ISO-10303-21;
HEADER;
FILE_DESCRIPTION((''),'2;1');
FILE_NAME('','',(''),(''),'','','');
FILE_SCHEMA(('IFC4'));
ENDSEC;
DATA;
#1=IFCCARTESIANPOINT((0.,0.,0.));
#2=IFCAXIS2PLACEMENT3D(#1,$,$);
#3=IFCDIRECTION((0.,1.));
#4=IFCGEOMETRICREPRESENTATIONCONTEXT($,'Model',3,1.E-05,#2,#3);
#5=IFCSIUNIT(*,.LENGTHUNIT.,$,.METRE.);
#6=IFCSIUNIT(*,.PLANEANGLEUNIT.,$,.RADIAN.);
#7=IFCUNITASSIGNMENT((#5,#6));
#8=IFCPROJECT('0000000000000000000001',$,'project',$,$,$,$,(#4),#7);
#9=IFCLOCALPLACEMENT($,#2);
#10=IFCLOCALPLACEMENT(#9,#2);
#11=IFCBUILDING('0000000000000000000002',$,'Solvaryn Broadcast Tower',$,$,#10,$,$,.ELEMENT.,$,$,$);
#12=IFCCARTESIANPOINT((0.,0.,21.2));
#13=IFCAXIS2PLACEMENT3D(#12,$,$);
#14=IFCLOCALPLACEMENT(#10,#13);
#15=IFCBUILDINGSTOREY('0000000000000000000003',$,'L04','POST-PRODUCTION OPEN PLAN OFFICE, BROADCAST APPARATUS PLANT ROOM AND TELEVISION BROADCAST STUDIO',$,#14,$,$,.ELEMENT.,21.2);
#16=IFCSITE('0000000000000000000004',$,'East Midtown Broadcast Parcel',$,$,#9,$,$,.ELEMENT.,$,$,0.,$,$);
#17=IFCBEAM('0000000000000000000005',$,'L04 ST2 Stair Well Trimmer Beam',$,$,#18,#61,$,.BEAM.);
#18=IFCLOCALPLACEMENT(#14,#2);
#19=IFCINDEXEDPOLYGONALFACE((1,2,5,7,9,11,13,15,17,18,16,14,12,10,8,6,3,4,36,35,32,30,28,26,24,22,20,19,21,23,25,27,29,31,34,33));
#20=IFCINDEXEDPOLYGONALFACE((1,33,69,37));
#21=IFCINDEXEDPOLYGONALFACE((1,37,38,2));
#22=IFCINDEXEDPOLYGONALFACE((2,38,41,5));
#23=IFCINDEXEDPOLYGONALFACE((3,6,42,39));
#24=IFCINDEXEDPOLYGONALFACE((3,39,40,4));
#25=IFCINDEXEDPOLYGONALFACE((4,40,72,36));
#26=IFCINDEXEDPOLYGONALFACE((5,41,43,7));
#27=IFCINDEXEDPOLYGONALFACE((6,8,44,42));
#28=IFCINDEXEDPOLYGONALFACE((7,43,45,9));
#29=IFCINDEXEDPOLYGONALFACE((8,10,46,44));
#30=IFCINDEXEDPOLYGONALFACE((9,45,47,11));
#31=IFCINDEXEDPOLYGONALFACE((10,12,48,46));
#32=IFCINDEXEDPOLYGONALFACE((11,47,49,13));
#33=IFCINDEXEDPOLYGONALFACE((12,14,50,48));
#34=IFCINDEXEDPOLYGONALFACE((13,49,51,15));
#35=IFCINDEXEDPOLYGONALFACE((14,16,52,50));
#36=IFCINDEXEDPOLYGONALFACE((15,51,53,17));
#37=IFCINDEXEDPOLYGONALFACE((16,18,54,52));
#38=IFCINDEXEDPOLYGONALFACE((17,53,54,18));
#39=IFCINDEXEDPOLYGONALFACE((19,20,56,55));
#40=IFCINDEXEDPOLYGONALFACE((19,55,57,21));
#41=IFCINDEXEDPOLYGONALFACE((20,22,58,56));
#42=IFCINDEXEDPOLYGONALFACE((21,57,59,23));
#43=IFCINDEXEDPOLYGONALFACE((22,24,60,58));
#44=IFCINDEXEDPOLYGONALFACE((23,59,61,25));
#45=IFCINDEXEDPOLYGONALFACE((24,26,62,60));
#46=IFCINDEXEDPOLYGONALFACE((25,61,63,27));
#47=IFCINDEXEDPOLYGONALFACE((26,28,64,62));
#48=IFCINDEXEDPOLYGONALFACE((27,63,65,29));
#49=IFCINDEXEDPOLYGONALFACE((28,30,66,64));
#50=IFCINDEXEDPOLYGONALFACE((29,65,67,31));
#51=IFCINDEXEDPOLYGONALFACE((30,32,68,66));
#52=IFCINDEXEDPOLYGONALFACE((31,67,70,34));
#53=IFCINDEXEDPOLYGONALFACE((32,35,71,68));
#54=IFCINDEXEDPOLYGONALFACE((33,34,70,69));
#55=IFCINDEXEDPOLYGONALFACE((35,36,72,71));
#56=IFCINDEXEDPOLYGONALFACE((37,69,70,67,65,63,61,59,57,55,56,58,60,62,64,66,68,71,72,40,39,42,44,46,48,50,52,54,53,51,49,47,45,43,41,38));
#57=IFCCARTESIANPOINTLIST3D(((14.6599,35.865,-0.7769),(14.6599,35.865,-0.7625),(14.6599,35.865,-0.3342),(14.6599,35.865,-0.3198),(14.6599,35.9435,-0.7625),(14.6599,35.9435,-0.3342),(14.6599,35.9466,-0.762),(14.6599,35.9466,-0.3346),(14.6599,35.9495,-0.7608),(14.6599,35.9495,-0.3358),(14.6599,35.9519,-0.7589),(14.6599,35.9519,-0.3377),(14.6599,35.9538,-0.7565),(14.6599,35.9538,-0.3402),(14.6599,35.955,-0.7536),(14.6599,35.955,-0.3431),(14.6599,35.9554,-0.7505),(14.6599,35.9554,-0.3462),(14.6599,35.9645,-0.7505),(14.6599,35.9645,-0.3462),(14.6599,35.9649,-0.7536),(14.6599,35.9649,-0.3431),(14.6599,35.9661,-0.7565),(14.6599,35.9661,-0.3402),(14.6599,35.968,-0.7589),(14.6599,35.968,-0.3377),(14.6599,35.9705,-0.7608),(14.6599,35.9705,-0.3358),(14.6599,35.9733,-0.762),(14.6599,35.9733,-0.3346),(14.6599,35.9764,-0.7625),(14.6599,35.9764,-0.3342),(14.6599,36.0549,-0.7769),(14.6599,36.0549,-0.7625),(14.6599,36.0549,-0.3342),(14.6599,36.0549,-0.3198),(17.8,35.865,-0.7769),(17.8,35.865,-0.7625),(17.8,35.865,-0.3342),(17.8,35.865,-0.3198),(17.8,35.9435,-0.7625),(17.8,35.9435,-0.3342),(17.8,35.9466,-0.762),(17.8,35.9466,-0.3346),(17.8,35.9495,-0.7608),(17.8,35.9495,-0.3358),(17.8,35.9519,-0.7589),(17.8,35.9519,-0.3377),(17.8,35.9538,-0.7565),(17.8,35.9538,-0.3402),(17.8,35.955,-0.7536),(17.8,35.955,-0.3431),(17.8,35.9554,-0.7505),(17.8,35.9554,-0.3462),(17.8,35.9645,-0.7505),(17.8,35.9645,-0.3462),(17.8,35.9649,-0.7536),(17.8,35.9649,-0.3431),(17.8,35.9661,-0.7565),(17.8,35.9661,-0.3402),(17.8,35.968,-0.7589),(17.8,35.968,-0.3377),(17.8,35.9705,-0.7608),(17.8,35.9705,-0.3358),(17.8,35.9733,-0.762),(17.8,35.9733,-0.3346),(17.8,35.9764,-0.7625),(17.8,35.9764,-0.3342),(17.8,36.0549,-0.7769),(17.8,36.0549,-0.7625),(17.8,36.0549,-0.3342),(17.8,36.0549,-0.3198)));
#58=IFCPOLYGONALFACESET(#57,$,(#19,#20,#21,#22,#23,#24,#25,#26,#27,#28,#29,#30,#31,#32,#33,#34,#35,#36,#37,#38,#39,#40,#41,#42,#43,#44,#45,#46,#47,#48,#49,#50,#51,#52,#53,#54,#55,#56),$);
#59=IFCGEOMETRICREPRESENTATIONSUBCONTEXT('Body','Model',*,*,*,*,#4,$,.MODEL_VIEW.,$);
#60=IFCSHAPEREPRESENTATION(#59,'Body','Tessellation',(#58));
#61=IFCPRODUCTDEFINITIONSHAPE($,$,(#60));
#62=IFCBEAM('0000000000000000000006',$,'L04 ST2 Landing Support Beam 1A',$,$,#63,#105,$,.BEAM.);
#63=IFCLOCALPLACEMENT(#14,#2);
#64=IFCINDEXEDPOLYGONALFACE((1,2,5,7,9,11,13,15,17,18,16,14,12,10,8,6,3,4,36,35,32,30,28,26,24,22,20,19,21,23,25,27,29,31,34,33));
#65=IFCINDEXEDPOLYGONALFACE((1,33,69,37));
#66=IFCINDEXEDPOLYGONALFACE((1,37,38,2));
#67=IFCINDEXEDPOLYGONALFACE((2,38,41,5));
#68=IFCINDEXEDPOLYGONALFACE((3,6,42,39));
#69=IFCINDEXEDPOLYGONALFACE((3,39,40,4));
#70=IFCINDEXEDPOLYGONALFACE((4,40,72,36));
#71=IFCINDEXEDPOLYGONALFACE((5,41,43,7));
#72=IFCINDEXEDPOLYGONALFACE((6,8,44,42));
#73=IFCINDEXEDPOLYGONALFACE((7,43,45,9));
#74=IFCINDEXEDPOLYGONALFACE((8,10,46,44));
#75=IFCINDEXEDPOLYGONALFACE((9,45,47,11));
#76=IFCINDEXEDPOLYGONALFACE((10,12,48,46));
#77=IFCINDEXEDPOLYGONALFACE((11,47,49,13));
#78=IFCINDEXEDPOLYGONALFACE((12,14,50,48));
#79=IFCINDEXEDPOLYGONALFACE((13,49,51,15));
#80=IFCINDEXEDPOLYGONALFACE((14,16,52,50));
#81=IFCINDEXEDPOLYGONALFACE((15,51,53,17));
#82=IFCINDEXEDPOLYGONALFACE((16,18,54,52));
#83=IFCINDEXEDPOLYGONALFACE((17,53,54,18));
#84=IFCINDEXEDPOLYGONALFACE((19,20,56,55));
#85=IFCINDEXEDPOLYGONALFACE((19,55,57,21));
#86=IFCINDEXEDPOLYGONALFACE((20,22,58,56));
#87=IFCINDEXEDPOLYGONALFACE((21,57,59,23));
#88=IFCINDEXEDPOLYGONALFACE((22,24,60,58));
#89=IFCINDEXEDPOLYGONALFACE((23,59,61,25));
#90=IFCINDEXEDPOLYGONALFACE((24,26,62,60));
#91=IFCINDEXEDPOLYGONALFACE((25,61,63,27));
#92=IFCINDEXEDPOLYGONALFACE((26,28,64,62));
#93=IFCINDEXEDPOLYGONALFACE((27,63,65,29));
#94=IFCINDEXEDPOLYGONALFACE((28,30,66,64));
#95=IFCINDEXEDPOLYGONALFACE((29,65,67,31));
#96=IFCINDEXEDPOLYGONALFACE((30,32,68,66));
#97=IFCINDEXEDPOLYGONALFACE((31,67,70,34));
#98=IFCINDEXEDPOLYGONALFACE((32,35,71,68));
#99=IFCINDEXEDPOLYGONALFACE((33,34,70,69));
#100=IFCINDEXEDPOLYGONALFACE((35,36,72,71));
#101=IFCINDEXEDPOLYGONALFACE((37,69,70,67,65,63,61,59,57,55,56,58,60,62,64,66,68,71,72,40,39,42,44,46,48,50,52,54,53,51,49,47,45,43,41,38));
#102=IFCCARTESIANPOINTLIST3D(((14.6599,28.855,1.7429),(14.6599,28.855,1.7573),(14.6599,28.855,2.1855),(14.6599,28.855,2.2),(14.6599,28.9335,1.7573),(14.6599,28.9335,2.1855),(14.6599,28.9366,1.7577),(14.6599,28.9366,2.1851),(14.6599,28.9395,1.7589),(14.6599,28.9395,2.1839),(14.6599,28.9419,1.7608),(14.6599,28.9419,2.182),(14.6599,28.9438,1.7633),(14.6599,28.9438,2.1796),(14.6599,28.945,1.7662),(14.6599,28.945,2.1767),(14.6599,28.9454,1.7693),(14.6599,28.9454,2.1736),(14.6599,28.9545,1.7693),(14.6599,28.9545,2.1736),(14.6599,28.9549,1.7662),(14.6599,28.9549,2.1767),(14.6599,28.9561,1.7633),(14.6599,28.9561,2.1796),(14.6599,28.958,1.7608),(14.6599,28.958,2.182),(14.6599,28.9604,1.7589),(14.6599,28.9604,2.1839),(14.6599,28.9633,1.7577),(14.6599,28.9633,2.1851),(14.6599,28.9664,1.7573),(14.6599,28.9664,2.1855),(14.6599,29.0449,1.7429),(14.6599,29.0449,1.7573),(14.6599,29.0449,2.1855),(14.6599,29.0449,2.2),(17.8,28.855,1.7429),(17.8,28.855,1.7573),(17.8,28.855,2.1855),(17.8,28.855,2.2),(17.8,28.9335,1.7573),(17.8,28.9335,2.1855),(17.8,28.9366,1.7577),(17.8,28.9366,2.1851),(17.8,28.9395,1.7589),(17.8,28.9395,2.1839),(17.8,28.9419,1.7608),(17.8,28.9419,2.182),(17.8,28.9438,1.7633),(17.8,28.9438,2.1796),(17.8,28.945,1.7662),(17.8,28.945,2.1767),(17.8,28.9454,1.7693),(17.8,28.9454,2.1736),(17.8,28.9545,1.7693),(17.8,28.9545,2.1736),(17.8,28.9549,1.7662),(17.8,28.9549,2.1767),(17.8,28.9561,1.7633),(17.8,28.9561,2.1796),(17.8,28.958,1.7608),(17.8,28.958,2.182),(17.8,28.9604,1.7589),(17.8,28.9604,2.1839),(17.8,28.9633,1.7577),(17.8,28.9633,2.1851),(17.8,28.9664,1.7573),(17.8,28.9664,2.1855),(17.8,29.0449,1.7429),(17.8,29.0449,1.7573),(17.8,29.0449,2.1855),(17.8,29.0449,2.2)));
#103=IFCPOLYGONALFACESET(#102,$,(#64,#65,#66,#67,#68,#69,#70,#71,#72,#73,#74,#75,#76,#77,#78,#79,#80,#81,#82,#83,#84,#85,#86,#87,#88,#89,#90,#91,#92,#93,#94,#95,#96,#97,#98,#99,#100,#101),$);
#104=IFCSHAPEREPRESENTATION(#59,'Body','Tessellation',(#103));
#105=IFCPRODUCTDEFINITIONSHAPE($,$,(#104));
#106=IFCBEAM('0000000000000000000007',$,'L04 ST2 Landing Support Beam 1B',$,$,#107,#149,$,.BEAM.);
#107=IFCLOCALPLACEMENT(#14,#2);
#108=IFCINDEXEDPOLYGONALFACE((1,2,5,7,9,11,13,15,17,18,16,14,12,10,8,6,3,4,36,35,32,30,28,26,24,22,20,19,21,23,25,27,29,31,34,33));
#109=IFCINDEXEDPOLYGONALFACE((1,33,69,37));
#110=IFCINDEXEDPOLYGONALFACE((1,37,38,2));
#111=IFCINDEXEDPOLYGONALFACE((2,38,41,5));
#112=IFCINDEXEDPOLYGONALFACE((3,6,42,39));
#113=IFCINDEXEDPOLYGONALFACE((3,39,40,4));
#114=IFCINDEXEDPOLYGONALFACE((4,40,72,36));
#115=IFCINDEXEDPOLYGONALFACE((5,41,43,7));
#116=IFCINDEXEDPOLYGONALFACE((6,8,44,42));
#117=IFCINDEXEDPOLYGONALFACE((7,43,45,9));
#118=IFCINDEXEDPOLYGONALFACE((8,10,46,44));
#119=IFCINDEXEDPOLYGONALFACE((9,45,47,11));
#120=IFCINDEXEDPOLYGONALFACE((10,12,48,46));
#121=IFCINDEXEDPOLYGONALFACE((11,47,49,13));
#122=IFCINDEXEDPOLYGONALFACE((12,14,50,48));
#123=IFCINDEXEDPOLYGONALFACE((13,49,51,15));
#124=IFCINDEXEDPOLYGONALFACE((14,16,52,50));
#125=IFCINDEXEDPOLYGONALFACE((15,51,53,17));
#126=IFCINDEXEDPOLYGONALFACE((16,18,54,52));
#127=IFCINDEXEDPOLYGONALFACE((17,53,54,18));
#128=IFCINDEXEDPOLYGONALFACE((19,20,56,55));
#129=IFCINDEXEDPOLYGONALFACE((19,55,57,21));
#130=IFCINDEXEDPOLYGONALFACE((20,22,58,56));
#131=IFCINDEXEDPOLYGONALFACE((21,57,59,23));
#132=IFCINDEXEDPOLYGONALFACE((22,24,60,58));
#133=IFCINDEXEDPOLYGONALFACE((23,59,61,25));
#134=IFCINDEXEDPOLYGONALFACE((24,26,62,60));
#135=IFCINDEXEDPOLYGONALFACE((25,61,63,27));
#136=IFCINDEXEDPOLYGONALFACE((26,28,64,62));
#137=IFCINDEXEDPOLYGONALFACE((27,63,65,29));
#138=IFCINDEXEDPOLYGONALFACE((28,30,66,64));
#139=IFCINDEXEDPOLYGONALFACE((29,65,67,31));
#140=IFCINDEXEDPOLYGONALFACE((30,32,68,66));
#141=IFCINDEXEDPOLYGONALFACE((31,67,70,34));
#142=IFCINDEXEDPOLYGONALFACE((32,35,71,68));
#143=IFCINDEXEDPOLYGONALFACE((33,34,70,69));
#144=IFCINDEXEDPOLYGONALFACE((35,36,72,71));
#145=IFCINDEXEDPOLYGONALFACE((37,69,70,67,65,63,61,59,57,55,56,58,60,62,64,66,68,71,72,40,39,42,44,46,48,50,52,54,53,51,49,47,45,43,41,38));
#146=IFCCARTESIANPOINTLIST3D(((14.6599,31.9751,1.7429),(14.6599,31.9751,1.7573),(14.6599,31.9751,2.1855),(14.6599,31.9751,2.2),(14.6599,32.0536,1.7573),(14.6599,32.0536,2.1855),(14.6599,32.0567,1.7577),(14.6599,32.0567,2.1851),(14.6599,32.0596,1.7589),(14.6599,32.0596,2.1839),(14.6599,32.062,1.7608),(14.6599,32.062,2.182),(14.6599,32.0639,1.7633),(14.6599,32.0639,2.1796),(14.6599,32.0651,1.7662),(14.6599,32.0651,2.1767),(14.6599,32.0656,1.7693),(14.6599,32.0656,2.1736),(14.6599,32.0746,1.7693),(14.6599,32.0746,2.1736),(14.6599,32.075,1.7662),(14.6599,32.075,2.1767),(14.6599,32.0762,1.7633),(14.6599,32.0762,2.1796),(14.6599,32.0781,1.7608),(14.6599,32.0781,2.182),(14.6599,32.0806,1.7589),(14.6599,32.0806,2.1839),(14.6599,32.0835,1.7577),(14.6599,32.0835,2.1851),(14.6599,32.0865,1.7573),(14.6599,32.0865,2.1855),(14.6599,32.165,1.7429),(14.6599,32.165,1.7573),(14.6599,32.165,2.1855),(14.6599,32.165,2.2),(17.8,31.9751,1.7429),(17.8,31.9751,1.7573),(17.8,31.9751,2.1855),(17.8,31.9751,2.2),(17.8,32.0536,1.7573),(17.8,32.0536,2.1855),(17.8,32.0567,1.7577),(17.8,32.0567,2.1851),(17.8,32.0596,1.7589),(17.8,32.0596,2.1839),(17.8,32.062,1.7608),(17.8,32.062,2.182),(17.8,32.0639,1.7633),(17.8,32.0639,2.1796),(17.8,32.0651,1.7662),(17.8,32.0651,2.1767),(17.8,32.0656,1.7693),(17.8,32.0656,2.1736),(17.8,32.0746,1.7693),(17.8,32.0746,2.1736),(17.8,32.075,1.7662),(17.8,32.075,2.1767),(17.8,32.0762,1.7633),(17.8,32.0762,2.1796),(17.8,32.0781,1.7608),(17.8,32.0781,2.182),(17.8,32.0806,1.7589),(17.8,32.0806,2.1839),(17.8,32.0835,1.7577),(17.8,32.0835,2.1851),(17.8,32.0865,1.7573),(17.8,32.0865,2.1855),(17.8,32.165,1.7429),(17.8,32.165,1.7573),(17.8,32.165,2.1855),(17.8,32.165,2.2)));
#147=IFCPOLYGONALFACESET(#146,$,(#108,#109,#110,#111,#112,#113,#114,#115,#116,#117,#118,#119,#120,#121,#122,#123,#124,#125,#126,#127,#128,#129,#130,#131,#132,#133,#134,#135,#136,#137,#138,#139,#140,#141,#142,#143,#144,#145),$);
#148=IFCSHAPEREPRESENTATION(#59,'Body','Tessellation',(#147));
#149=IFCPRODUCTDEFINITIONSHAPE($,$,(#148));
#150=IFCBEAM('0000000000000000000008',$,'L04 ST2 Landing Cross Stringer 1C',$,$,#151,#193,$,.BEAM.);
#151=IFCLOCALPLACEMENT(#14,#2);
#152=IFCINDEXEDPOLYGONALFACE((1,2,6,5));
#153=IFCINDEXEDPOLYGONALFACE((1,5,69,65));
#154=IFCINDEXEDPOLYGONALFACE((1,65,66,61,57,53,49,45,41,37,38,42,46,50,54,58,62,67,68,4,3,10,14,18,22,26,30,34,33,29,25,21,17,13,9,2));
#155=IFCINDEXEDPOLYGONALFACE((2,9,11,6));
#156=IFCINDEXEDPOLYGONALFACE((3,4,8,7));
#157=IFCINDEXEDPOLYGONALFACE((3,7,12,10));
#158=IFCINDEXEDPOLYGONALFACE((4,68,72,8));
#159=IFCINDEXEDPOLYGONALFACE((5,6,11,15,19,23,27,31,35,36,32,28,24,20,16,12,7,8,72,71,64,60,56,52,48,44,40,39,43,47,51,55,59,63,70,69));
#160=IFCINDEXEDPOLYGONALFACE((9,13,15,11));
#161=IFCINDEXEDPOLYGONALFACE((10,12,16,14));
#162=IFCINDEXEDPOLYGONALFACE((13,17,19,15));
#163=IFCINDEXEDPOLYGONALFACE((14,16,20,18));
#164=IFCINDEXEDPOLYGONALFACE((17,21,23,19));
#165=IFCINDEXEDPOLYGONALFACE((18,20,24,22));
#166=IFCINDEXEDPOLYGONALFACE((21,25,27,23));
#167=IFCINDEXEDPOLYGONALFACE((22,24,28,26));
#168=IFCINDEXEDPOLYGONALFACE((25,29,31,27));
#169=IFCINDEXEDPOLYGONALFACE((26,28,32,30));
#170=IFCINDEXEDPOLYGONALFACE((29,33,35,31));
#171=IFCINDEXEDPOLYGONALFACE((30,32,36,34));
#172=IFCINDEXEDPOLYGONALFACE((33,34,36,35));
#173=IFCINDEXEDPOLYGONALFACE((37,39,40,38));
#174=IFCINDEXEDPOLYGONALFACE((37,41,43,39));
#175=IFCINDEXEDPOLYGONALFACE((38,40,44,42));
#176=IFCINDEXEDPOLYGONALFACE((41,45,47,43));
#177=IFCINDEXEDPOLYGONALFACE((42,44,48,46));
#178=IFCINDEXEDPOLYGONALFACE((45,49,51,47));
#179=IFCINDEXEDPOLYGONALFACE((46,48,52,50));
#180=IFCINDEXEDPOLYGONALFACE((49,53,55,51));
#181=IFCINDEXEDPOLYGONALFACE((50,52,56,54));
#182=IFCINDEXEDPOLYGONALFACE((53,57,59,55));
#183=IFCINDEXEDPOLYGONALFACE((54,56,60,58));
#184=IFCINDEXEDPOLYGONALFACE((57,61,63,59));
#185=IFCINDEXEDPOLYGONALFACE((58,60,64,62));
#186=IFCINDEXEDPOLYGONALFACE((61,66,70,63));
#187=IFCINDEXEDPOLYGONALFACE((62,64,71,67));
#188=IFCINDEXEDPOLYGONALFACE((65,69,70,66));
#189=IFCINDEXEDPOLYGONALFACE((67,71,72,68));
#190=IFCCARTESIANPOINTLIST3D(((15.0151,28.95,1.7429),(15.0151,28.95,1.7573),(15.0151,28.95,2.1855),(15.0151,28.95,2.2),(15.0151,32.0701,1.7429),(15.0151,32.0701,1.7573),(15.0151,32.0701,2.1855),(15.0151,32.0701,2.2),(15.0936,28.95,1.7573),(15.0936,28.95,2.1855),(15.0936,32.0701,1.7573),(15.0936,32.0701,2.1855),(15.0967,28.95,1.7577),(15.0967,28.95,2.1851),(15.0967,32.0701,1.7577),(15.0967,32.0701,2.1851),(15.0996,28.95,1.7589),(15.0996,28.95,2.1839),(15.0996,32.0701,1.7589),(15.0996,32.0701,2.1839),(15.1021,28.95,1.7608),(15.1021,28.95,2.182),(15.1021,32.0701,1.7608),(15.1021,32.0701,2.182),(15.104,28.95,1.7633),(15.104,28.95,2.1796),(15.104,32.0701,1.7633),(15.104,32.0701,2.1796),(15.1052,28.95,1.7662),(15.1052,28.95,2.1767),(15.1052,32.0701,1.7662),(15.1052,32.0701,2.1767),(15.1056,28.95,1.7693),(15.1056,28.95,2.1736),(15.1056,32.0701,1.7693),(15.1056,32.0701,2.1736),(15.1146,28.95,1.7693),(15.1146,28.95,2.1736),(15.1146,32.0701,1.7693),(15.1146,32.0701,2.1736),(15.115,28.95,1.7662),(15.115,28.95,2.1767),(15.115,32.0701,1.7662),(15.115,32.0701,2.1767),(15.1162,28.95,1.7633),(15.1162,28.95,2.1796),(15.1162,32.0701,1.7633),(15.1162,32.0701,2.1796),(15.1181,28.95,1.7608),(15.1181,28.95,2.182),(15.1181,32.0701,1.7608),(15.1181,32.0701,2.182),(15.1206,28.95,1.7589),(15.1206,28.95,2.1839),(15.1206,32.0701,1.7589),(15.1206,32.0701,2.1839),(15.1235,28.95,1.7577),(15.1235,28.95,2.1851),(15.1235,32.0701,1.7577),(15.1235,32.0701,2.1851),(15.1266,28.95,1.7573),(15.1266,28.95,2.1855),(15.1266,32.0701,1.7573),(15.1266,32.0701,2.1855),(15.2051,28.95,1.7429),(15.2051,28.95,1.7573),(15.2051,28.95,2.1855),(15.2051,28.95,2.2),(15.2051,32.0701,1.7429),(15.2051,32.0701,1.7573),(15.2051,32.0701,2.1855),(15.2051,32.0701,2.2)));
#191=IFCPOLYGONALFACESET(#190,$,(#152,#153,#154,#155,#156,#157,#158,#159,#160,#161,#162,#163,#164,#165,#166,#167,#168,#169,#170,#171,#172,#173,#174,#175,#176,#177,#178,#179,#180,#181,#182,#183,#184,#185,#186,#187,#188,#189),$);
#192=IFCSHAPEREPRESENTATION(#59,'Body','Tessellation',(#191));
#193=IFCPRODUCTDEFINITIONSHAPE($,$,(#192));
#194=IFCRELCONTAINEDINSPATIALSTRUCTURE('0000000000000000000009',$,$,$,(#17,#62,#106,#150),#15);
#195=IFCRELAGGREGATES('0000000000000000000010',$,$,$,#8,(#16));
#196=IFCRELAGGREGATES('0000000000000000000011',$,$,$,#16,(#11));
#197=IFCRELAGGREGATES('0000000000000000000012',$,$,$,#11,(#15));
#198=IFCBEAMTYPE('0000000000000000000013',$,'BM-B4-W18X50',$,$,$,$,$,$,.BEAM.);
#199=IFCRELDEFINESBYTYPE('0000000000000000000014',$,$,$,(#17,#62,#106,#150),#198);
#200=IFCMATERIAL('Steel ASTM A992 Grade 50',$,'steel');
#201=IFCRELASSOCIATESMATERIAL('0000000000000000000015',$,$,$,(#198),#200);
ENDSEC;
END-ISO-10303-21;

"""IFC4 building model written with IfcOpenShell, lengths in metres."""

from ifc_helpers import new_model, si_unit, direction, frame, origin, origin_2d, place, context, subcontext, project, spatial, i_section, extrude, material, material_profile, profile_set, type_object, element, save


model = new_model("IFC4")

# Units and contexts
model_context = context("Model", 3, precision=1e-05, world=origin(), true_north=direction((0.0, 1.0)))
body_context = subcontext(model_context, "Body", "Model", "MODEL_VIEW")
ifc_project = project(units=[si_unit("LENGTHUNIT", "METRE"), si_unit("PLANEANGLEUNIT", "RADIAN")], contexts=[model_context])

# Site, building, storey
site_placement = place(None, origin())
site = spatial("IfcSite", under=ifc_project, at=site_placement, Name="East Midtown Broadcast Parcel", CompositionType="ELEMENT", RefElevation=0.0)
building_placement = place(site_placement, origin())
building = spatial("IfcBuilding", under=site, at=building_placement, Name="Solvaryn Broadcast Tower", CompositionType="ELEMENT")
storey_placement = place(building_placement, frame((0.0, 0.0, 21.2)))
storey = spatial("IfcBuildingStorey", under=building, at=storey_placement, Name="L04", Description="POST-PRODUCTION OPEN PLAN OFFICE, BROADCAST APPARATUS PLANT ROOM AND TELEVISION BROADCAST STUDIO", CompositionType="ELEMENT", Elevation=21.2)

# Beams
ifc_material_1 = material(Name="Steel ASTM A992 Grade 50", Category="steel")
ifc_material_profile_1 = material_profile(ifc_material_1, i_section(OverallWidth=0.1899, OverallDepth=0.457, WebThickness=0.009, FlangeThickness=0.0144, FilletRadius=0.012, at=origin_2d()))
ifc_profile_set_1 = profile_set([ifc_material_profile_1], Name="Steel ASTM A992 Grade 50")
beam_type = type_object("IfcBeamType", Name="BM-B4-W18X50", PredefinedType="BEAM", material=ifc_profile_set_1)
for number, where, z_axis, x_axis, name in (
    (1, (14.6599, 35.96, -0.5483), (1.0, 0.0, 0.0), (0.0, 1.0, 0.0), "L04 ST2 Stair Well Trimmer Beam"),
    (2, (14.6599, 28.95, 1.9714), (1.0, 0.0, 0.0), (0.0, 1.0, 0.0), "L04 ST2 Landing Support Beam 1A"),
    (3, (14.6599, 32.0701, 1.9714), (1.0, 0.0, 0.0), (0.0, 1.0, 0.0), "L04 ST2 Landing Support Beam 1B"),
):
    element("IfcBeam", number, at=place(storey_placement, frame(where, z_axis=z_axis, x_axis=x_axis)), inside=storey, type_object=beam_type, Name=name, PredefinedType="BEAM", context=body_context, shape_type="SweptSolid", body=[
        extrude(i_section(OverallWidth=0.1899, OverallDepth=0.457, WebThickness=0.009, FlangeThickness=0.0144, FilletRadius=0.012, at=origin_2d()), origin(), (0.0, 0.0, 1.0), 3.1401),
    ])
beam_1_placement = place(storey_placement, frame((15.1101, 28.95, 1.9714), z_axis=(0.0, 1.0, 0.0), x_axis=(-1.0, 0.0, 0.0)))
element("IfcBeam", 4, at=beam_1_placement, inside=storey, type_object=beam_type, Name="L04 ST2 Landing Cross Stringer 1C", PredefinedType="BEAM", context=body_context, shape_type="SweptSolid", body=[
    extrude(i_section(OverallWidth=0.1899, OverallDepth=0.457, WebThickness=0.009, FlangeThickness=0.0144, FilletRadius=0.012, at=origin_2d()), origin(), (0.0, 0.0, 1.0), 3.1201),
])

save(model, "model.ifc")
